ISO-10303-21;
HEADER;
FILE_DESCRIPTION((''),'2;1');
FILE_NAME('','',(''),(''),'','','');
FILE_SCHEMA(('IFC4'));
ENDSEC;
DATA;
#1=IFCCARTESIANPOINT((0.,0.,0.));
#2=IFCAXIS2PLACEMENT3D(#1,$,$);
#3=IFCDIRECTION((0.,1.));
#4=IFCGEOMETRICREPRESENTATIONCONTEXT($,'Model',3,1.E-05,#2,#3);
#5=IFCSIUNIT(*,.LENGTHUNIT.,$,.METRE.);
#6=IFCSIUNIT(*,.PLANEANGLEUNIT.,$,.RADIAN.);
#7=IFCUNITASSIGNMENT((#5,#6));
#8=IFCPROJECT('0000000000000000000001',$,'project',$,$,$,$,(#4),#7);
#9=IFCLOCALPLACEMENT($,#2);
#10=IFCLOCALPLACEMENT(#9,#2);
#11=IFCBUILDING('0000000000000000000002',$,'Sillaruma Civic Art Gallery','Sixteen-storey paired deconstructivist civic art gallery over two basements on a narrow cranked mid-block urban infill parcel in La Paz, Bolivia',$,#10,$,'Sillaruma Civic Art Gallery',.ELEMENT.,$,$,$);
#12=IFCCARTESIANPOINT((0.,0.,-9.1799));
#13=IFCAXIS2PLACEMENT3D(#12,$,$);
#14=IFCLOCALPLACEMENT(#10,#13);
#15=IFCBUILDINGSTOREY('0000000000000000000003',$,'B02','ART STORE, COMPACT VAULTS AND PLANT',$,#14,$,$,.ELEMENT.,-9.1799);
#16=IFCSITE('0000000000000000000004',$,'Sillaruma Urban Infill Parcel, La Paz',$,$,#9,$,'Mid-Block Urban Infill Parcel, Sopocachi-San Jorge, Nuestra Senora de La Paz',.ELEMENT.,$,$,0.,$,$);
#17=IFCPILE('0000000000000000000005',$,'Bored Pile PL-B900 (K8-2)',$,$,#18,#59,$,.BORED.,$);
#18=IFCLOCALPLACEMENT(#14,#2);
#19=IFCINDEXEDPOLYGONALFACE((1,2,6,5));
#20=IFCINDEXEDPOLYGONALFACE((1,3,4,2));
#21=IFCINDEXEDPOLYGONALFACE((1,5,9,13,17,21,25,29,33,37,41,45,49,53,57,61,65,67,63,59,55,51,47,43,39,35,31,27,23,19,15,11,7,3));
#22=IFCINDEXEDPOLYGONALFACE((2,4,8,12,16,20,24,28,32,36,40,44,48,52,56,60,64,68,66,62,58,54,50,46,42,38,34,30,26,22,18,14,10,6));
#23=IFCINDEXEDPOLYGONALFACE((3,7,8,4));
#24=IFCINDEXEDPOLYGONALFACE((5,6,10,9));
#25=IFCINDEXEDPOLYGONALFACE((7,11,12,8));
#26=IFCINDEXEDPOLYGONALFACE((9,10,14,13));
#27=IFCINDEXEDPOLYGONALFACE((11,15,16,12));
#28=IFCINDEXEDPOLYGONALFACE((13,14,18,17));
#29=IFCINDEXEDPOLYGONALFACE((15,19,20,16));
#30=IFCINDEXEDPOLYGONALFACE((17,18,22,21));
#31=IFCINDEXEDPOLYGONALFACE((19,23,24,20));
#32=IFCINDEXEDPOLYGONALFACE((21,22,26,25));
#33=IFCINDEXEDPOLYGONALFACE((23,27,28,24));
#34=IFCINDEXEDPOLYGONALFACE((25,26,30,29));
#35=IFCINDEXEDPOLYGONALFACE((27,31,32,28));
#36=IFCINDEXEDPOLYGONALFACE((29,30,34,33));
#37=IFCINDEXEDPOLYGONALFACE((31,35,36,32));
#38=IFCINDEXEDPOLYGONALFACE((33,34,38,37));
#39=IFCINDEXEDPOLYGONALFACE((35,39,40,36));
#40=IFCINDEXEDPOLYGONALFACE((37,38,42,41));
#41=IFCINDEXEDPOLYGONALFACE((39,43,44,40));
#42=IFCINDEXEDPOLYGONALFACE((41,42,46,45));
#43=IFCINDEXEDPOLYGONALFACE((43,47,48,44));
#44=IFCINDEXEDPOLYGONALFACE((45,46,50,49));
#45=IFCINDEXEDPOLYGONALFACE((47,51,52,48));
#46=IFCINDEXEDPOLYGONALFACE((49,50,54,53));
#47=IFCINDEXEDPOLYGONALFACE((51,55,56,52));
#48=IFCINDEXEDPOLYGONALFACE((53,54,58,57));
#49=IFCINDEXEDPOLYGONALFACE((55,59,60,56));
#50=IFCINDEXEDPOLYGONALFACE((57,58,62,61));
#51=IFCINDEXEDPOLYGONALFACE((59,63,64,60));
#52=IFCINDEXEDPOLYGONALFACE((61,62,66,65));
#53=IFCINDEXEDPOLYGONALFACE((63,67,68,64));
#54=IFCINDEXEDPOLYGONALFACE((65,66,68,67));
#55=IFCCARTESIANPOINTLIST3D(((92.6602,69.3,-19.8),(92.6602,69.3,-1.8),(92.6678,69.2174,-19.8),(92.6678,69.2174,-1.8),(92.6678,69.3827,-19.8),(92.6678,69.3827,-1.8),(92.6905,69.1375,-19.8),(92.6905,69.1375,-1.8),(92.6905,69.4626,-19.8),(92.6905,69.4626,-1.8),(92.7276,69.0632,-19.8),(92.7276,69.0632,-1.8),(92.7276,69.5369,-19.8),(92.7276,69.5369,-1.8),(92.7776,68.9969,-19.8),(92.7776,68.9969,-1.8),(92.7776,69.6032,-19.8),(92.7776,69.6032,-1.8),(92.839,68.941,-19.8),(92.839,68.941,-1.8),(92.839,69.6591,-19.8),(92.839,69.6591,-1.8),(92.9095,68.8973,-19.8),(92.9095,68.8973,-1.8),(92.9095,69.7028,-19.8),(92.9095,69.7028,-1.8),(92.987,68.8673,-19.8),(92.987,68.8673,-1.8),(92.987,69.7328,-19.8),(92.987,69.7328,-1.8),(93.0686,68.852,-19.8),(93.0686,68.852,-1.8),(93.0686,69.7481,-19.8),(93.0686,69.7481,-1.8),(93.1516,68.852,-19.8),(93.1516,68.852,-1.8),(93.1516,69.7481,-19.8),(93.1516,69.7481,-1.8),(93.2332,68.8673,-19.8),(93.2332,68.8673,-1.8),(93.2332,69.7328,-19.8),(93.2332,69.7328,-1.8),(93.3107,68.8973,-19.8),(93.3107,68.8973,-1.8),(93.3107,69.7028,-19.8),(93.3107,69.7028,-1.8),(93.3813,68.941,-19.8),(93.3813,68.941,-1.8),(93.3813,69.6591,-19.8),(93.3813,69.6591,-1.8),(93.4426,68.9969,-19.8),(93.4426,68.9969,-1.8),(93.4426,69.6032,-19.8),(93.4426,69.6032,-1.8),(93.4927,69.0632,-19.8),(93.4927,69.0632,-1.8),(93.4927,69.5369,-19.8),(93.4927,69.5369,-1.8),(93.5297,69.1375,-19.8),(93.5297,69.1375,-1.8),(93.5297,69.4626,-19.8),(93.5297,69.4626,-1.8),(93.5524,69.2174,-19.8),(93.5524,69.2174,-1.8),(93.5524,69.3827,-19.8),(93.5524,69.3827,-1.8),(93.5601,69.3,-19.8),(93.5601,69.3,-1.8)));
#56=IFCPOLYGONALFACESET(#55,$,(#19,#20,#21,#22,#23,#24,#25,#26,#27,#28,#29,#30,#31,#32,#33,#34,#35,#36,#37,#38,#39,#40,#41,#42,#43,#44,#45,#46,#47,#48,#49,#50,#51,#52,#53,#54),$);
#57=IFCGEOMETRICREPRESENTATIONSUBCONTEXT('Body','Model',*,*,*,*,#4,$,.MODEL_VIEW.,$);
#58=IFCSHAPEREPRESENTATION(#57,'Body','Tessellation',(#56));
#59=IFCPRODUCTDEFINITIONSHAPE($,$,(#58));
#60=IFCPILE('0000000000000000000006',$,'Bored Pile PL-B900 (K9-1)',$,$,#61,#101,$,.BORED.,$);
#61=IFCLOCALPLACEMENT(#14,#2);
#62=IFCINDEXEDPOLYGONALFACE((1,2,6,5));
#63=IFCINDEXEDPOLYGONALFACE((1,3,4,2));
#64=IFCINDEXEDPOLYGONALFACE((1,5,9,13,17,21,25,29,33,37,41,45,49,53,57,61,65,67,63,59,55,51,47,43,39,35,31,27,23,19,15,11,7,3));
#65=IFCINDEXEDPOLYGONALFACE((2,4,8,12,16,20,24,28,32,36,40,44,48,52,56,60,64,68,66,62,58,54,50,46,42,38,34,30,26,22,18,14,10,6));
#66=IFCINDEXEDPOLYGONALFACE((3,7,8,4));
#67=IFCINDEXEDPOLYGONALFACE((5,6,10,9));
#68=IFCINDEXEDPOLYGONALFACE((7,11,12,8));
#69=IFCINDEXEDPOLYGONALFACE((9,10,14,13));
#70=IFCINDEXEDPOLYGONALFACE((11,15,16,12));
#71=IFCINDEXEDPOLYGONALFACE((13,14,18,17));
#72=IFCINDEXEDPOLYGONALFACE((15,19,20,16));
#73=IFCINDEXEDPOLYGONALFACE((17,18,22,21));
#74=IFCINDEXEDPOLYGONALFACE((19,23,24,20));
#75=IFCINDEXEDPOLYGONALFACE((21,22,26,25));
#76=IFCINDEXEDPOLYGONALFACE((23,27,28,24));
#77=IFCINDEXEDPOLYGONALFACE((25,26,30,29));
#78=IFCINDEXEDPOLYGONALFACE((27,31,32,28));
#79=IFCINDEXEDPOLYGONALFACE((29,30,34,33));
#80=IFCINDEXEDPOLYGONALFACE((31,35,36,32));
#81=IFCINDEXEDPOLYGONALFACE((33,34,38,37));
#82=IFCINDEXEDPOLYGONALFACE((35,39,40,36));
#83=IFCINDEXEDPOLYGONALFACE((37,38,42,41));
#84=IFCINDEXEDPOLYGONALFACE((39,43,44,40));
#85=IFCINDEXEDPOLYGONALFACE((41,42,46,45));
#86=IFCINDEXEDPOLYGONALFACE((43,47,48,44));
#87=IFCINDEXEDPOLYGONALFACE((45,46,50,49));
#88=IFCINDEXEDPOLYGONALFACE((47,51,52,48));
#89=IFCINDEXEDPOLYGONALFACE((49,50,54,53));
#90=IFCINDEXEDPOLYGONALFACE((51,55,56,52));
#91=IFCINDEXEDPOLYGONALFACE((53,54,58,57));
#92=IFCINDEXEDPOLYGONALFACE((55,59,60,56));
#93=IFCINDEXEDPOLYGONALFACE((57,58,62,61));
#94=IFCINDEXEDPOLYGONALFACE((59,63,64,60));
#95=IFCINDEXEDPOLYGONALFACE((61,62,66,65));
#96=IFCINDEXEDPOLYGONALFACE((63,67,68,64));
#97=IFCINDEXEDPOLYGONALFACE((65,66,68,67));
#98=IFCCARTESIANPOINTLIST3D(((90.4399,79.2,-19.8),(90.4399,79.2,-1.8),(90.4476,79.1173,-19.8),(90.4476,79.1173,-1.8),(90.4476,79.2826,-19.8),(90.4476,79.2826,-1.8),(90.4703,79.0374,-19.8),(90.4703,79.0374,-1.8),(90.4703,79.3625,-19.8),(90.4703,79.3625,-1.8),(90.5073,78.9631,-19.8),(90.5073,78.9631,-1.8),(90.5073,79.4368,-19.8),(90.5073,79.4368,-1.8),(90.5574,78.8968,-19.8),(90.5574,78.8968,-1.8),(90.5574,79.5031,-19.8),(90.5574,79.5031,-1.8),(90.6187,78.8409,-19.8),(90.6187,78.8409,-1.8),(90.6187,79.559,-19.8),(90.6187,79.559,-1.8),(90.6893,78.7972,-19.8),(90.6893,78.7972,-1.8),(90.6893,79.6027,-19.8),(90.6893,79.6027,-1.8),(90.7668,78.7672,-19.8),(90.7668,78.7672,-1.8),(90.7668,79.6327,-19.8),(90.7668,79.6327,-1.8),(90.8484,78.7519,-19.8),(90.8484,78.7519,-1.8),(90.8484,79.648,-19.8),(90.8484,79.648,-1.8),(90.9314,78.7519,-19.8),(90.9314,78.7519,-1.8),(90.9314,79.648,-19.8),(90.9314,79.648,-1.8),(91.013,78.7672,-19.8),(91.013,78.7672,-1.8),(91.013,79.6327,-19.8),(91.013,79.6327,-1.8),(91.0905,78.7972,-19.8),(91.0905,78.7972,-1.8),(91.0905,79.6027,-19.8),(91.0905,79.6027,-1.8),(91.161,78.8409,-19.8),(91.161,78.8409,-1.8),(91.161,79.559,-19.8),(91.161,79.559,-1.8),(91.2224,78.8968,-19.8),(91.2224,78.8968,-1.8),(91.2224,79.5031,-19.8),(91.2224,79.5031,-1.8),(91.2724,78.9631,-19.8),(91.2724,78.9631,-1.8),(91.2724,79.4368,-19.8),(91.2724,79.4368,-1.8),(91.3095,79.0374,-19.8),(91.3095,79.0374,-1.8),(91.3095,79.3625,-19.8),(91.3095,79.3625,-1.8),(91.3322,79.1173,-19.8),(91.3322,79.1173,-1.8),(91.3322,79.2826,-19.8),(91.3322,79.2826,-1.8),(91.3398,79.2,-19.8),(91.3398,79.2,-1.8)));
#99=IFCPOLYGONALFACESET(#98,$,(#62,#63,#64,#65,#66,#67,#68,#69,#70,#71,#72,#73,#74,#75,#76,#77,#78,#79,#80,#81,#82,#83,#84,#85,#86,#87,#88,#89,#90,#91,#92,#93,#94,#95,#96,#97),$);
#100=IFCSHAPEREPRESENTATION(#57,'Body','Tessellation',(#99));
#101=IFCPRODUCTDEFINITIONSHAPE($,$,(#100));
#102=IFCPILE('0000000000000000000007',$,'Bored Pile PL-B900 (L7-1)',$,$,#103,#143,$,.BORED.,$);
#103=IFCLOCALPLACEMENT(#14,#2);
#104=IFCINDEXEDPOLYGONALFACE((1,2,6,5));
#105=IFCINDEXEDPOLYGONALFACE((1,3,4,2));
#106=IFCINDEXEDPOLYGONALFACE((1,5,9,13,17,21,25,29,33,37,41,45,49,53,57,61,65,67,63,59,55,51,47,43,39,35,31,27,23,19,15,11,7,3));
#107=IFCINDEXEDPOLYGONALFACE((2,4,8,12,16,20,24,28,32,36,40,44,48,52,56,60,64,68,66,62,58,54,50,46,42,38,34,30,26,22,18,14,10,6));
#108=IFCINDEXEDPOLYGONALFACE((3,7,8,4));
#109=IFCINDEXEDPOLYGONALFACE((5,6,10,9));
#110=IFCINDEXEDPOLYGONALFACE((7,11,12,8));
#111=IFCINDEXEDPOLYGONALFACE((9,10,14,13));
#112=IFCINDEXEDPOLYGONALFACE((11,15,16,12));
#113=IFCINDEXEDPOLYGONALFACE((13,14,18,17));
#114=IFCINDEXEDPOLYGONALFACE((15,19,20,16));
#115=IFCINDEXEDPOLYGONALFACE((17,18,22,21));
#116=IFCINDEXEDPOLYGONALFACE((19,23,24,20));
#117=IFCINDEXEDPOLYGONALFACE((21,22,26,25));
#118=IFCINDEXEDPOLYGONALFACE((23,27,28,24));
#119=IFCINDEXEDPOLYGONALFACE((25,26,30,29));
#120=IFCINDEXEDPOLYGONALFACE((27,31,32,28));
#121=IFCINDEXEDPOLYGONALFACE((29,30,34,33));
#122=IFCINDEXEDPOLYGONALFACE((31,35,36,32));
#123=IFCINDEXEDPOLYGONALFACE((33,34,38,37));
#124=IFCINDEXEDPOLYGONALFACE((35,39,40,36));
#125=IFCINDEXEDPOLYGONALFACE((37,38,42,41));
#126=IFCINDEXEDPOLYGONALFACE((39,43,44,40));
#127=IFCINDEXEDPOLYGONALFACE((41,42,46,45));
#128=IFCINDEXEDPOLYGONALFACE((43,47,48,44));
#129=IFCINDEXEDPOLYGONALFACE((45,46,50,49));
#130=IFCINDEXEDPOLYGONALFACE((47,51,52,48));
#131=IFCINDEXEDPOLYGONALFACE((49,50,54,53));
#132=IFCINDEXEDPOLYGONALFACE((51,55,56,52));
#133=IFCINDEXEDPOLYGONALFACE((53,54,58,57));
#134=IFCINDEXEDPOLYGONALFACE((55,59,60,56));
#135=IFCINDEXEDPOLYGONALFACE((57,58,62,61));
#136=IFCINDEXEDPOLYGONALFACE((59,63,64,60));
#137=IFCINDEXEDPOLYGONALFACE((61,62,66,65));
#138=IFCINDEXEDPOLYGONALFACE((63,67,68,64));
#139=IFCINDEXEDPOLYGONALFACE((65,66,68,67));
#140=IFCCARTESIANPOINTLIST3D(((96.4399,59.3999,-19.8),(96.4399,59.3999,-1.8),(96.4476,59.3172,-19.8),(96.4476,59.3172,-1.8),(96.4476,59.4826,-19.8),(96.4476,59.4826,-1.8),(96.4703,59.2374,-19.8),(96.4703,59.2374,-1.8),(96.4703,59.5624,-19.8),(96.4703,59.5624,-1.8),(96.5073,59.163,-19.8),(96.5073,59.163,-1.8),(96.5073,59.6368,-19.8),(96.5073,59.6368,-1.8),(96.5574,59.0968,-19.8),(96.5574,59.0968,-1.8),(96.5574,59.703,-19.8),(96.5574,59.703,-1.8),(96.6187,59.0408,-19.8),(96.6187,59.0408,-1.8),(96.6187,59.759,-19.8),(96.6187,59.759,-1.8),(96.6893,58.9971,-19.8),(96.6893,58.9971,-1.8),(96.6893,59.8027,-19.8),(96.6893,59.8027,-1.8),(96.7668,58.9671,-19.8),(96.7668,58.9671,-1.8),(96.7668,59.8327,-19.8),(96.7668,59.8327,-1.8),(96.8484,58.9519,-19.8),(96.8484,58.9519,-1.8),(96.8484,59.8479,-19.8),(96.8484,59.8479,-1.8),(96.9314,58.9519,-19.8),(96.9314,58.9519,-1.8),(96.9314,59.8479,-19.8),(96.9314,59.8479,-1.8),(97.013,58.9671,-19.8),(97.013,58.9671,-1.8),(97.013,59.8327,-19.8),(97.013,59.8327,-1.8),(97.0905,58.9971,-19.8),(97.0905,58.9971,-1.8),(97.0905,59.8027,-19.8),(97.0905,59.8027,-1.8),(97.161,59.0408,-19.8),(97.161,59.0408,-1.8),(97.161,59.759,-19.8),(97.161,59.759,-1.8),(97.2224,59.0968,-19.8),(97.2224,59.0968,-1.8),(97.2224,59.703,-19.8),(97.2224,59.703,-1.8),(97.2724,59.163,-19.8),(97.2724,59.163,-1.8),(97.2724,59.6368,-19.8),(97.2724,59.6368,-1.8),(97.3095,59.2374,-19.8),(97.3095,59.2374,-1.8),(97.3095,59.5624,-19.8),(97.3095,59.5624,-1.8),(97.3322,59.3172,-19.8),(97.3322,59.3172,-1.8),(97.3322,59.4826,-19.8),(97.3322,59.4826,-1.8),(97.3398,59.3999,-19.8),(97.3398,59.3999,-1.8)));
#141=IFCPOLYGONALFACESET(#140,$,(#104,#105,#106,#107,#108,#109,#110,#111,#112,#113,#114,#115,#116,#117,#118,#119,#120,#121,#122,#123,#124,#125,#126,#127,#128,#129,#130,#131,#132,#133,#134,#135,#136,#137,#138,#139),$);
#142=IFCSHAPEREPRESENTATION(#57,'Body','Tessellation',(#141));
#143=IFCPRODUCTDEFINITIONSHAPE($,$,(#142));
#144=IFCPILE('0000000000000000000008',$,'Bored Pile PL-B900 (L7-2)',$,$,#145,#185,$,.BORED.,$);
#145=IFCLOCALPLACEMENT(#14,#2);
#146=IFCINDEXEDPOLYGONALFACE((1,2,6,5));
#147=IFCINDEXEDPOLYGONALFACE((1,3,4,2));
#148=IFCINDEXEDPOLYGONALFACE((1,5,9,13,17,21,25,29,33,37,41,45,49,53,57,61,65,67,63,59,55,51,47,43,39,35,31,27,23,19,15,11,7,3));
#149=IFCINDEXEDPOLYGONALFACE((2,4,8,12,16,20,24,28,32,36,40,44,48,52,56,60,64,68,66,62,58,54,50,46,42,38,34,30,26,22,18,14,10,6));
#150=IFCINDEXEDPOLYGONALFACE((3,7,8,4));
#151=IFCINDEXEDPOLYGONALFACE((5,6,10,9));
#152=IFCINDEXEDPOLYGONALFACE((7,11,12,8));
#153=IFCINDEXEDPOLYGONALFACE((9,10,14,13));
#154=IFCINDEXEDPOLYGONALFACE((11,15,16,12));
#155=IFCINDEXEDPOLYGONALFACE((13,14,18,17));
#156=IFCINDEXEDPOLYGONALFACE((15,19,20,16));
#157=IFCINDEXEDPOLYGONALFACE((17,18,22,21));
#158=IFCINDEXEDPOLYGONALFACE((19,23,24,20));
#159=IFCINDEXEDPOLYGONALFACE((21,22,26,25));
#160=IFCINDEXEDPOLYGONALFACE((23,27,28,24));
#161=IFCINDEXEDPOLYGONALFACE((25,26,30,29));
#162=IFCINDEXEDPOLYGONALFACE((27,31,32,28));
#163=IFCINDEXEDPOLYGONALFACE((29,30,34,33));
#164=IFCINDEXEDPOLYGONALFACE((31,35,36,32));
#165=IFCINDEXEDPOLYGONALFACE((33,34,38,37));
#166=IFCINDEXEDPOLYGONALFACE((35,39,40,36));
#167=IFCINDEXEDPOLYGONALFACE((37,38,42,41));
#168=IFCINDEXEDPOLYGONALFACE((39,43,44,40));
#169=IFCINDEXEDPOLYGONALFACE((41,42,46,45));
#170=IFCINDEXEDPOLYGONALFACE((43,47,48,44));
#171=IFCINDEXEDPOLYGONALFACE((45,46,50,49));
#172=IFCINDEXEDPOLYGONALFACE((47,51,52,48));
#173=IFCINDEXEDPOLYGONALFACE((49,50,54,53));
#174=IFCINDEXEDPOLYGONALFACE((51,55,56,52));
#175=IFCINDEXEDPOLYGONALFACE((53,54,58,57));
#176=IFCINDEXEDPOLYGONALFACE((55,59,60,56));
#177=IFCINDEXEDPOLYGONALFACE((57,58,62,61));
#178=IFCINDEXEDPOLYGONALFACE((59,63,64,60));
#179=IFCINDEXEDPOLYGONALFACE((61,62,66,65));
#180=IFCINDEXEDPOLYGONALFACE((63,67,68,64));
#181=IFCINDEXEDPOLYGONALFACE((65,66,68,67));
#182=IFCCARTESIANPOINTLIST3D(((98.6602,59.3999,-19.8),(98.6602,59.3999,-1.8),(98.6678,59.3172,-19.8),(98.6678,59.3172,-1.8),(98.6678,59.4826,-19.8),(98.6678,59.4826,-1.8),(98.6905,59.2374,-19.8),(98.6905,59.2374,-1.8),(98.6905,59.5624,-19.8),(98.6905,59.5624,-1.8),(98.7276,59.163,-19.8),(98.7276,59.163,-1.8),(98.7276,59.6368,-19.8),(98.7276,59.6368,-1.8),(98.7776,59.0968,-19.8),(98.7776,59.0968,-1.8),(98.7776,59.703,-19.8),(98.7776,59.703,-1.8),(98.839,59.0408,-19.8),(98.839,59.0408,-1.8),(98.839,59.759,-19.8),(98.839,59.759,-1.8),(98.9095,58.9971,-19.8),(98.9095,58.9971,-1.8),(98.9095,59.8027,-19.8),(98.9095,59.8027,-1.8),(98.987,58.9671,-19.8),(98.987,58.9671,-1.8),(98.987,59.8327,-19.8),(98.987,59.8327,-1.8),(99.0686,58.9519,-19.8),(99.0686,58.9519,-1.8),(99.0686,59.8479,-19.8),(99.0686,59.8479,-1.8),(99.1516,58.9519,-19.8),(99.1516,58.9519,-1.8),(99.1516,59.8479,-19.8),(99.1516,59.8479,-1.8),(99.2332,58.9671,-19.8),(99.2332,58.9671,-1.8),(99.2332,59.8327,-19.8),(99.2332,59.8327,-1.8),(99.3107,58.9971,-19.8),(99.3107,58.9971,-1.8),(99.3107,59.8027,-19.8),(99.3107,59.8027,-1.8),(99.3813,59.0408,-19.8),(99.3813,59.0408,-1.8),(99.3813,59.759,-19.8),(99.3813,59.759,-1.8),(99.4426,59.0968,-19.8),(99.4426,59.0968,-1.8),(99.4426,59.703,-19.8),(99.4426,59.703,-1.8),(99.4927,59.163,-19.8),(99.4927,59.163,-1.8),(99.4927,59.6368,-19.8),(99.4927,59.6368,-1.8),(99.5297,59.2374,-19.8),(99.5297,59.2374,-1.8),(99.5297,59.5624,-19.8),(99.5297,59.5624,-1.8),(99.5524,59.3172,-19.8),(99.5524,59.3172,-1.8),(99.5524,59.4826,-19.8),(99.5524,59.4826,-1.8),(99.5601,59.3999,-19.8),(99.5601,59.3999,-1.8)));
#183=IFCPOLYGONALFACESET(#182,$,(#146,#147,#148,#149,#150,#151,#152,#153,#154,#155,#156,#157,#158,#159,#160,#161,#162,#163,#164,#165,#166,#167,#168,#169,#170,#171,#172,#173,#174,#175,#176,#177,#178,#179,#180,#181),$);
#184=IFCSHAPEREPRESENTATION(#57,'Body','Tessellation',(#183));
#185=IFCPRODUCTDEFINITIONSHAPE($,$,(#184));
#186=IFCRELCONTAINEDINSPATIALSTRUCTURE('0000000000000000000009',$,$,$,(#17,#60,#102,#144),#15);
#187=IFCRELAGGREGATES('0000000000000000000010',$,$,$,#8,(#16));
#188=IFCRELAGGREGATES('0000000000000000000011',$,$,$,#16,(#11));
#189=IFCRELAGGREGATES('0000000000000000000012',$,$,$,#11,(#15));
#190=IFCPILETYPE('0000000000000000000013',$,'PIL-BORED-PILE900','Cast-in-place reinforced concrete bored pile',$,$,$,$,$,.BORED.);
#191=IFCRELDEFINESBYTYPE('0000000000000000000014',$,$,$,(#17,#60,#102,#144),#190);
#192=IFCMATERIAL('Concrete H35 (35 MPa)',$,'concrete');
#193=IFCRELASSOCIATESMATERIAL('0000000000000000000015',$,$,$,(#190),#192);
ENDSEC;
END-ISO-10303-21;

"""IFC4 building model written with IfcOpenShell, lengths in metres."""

from ifc_helpers import new_model, si_unit, direction, frame, origin, origin_2d, place, context, subcontext, project, spatial, circle, extrude, material, material_profile, profile_set, type_object, element, save


model = new_model("IFC4")

# Units and contexts
model_context = context("Model", 3, precision=1e-05, world=origin(), true_north=direction((0.0, 1.0)))
body_context = subcontext(model_context, "Body", "Model", "MODEL_VIEW")
ifc_project = project(units=[si_unit("LENGTHUNIT", "METRE"), si_unit("PLANEANGLEUNIT", "RADIAN")], contexts=[model_context])

# Site, building, storey
site_placement = place(None, origin())
site = spatial("IfcSite", under=ifc_project, at=site_placement, Name="Sillaruma Urban Infill Parcel, La Paz", LongName="Mid-Block Urban Infill Parcel, Sopocachi-San Jorge, Nuestra Senora de La Paz", CompositionType="ELEMENT", RefElevation=0.0)
building_placement = place(site_placement, origin())
building = spatial("IfcBuilding", under=site, at=building_placement, Name="Sillaruma Civic Art Gallery", Description="Sixteen-storey paired deconstructivist civic art gallery over two basements on a narrow cranked mid-block urban infill parcel in La Paz, Bolivia", LongName="Sillaruma Civic Art Gallery", CompositionType="ELEMENT")
storey_placement = place(building_placement, frame((0.0, 0.0, -9.1799)))
storey = spatial("IfcBuildingStorey", under=building, at=storey_placement, Name="B02", Description="ART STORE, COMPACT VAULTS AND PLANT", CompositionType="ELEMENT", Elevation=-9.1799)

# Shared definitions
ifc_material_1 = material(Name="Concrete H35 (35 MPa)", Category="concrete")

# Piles
ifc_material_profile_1 = material_profile(ifc_material_1, circle(Radius=0.45, at=origin_2d()), Name="PILE900")
ifc_profile_set_1 = profile_set([ifc_material_profile_1], Name="Concrete H35 (35 MPa)")
pile_type_1 = type_object("IfcPileType", Name="PIL-BORED-PILE900", Description="Cast-in-place reinforced concrete bored pile", PredefinedType="BORED", material=ifc_profile_set_1)
for number, where, z_axis, x_axis, name in (
    (1, (93.1101, 69.3, -1.8), (0.0, 0.0, -1.0), (1.0, 0.0, 0.0), "Bored Pile PL-B900 (K8-2)"),
    (2, (90.8899, 79.2, -1.8), (0.0, 0.0, -1.0), (1.0, 0.0, 0.0), "Bored Pile PL-B900 (K9-1)"),
    (3, (96.8899, 59.3999, -1.8), (0.0, 0.0, -1.0), (1.0, 0.0, 0.0), "Bored Pile PL-B900 (L7-1)"),
    (4, (99.1101, 59.3999, -1.8), (0.0, 0.0, -1.0), (1.0, 0.0, 0.0), "Bored Pile PL-B900 (L7-2)"),
):
    element("IfcPile", number, at=place(storey_placement, frame(where, z_axis=z_axis, x_axis=x_axis)), inside=storey, type_object=pile_type_1, Name=name, PredefinedType="BORED", context=body_context, shape_type="SweptSolid", body=[
        extrude(circle(Radius=0.45, at=origin_2d()), origin(), (0.0, 0.0, 1.0), 18.0),
    ])

save(model, "model.ifc")
